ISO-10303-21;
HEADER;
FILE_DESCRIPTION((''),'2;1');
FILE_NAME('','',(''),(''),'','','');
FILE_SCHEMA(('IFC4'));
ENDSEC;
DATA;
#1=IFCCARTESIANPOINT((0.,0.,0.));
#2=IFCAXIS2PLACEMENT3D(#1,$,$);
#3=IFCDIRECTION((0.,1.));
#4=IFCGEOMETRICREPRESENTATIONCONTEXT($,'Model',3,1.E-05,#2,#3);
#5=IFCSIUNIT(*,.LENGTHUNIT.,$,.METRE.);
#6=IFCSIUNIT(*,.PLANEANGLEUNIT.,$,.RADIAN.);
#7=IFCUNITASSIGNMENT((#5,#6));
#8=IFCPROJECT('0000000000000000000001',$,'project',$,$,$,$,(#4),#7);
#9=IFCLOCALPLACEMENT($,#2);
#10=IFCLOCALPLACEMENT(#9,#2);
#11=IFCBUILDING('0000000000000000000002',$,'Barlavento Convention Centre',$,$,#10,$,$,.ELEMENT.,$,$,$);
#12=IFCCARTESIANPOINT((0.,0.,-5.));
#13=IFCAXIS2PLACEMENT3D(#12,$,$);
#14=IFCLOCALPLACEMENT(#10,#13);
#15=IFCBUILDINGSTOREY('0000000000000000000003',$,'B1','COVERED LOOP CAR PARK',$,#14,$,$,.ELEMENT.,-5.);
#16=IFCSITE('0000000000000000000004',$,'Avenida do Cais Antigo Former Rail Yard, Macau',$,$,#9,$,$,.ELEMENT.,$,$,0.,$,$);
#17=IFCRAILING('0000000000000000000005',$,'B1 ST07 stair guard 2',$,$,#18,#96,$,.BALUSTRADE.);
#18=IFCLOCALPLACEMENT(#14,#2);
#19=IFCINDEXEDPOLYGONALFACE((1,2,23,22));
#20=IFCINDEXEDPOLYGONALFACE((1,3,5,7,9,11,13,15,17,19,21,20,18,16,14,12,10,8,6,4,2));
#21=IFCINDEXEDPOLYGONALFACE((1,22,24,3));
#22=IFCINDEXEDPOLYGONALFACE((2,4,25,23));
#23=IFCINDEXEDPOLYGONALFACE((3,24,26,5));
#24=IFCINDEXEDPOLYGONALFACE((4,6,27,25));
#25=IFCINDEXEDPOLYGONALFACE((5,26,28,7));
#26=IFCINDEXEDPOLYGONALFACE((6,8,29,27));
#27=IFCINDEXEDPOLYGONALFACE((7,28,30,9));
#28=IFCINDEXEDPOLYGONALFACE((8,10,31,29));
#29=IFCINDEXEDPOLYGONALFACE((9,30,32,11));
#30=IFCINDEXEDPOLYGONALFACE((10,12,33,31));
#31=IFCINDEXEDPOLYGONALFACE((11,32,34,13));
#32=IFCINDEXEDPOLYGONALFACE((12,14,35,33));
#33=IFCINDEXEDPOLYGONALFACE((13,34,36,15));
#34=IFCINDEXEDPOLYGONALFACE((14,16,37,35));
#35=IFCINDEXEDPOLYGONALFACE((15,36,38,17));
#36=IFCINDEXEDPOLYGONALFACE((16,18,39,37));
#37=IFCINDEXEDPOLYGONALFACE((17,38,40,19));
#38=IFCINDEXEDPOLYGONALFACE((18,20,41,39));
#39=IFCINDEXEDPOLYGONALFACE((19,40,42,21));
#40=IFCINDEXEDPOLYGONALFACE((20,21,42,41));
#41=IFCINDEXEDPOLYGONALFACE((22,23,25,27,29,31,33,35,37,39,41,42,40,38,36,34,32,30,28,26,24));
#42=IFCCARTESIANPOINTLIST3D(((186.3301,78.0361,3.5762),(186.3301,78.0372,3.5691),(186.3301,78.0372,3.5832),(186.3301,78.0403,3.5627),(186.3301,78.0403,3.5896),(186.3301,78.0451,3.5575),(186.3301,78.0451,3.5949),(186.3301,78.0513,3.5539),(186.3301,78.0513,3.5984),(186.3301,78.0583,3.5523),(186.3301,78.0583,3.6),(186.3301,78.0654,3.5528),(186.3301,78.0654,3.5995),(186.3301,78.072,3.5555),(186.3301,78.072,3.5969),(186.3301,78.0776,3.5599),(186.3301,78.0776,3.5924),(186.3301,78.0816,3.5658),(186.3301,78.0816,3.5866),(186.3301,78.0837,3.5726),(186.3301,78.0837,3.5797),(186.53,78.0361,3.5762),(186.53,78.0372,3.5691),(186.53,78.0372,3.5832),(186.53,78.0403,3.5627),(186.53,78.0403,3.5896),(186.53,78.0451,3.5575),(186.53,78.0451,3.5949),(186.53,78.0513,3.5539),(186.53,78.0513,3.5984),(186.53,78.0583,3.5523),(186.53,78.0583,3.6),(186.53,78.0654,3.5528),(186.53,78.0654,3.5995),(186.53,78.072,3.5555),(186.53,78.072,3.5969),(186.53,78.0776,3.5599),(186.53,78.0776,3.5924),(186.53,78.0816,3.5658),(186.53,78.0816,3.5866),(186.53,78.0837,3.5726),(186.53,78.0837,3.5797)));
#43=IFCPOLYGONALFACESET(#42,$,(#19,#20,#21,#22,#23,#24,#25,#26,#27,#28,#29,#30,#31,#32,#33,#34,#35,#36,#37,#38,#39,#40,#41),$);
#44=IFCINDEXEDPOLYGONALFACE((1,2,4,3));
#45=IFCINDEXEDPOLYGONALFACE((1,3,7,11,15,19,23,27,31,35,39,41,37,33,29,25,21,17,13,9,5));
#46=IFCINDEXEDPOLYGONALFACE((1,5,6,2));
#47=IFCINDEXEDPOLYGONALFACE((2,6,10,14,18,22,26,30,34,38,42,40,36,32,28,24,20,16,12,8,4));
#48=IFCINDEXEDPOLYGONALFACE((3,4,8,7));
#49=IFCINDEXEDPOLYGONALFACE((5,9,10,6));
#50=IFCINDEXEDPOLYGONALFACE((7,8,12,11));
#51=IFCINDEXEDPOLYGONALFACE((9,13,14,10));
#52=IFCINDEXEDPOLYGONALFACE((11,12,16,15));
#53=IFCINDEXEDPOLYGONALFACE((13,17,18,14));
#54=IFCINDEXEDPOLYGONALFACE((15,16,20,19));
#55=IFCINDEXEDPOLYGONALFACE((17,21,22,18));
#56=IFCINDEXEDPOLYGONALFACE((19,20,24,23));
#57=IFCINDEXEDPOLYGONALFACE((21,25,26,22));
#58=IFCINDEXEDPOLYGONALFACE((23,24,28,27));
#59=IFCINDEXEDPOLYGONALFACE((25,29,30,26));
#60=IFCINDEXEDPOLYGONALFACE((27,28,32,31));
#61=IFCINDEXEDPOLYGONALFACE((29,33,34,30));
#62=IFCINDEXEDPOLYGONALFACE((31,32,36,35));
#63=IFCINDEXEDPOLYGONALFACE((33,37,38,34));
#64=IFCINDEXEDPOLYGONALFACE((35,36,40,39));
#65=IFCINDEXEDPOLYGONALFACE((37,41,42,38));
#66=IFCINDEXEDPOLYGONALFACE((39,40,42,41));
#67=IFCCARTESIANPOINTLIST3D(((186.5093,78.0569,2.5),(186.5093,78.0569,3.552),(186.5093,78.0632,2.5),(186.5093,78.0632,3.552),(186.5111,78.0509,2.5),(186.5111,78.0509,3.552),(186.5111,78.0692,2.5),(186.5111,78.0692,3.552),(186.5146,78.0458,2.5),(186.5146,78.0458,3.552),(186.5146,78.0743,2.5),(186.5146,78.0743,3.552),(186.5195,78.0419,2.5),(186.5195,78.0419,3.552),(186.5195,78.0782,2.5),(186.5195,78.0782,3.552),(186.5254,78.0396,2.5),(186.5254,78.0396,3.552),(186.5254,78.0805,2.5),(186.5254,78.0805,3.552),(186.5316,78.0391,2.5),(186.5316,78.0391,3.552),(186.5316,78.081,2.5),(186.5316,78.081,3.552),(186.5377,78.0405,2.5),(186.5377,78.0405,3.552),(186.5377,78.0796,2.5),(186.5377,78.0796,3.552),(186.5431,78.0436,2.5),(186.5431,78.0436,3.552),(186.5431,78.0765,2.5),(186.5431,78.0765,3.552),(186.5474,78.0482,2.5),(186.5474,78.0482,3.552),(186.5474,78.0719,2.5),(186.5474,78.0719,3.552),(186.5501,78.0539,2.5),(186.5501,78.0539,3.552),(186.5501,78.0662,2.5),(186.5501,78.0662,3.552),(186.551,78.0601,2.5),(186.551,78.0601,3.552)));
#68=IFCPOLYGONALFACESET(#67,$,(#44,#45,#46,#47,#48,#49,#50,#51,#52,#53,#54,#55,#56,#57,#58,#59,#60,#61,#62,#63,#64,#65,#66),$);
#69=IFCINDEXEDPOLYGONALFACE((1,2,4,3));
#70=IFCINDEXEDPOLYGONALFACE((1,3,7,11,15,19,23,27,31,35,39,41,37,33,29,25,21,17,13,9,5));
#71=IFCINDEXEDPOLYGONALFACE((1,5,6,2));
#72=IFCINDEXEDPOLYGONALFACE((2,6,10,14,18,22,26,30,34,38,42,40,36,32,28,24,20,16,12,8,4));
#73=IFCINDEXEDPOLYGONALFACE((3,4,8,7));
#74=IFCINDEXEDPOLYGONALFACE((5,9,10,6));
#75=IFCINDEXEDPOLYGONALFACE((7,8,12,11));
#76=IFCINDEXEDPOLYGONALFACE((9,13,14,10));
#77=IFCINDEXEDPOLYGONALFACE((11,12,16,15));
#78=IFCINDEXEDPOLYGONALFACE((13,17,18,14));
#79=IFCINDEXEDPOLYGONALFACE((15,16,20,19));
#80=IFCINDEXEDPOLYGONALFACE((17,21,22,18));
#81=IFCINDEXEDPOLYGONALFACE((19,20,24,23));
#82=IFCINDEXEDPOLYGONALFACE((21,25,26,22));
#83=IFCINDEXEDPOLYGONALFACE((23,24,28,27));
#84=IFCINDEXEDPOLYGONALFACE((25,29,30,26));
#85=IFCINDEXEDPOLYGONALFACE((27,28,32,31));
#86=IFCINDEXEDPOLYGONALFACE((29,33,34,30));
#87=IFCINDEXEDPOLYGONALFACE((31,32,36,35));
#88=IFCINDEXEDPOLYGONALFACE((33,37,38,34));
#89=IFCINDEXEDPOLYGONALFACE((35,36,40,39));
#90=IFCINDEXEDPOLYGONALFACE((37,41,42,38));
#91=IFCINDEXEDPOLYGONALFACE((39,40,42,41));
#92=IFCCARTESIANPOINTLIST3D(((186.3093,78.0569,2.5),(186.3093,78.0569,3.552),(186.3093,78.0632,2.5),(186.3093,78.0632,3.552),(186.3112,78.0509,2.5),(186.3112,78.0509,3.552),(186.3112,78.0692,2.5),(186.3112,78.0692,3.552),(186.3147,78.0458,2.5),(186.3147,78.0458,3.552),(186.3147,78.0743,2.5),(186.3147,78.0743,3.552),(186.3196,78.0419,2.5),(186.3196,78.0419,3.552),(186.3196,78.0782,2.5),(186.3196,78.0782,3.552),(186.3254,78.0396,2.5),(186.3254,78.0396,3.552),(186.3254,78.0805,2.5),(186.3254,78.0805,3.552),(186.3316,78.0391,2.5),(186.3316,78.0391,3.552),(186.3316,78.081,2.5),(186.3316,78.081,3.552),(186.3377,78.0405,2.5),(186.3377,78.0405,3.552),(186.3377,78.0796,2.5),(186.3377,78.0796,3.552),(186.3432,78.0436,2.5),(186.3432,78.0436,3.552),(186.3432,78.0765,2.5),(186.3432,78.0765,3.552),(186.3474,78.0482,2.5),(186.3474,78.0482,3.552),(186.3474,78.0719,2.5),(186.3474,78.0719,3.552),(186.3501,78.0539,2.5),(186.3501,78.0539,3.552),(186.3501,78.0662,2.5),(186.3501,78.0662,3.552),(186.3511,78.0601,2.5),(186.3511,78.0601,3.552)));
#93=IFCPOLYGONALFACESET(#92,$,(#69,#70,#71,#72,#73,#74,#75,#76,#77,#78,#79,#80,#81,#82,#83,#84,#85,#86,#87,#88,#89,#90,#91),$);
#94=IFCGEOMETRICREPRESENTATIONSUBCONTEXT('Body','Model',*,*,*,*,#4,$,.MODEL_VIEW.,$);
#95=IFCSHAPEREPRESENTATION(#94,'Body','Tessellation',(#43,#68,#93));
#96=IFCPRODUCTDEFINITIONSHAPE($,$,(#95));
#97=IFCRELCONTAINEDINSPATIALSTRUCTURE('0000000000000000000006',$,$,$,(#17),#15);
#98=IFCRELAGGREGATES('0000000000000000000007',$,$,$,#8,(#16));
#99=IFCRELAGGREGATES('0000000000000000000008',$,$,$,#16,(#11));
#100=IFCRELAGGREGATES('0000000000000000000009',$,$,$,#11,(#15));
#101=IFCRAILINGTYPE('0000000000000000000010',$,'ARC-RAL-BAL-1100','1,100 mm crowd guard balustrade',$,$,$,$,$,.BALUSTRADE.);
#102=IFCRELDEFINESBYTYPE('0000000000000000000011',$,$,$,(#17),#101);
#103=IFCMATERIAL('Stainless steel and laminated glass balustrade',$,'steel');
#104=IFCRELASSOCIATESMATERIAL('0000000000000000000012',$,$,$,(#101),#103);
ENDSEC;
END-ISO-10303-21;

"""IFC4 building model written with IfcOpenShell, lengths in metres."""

from ifc_helpers import new_model, si_unit, direction, frame, origin, origin_2d, place, context, subcontext, project, spatial, circle, extrude, material, type_object, element, save


model = new_model("IFC4")

# Units and contexts
model_context = context("Model", 3, precision=1e-05, world=origin(), true_north=direction((0.0, 1.0)))
body_context = subcontext(model_context, "Body", "Model", "MODEL_VIEW")
ifc_project = project(units=[si_unit("LENGTHUNIT", "METRE"), si_unit("PLANEANGLEUNIT", "RADIAN")], contexts=[model_context])

# Site, building, storey
site_placement = place(None, origin())
site = spatial("IfcSite", under=ifc_project, at=site_placement, Name="Avenida do Cais Antigo Former Rail Yard, Macau", CompositionType="ELEMENT", RefElevation=0.0)
building_placement = place(site_placement, origin())
building = spatial("IfcBuilding", under=site, at=building_placement, Name="Barlavento Convention Centre", CompositionType="ELEMENT")
storey_placement = place(building_placement, frame((0.0, 0.0, -5.0)))
storey = spatial("IfcBuildingStorey", under=building, at=storey_placement, Name="B1", Description="COVERED LOOP CAR PARK", CompositionType="ELEMENT", Elevation=-5.0)

# Railing
ifc_material_1 = material(Name="Stainless steel and laminated glass balustrade", Category="steel")
railing_type_1 = type_object("IfcRailingType", Name="ARC-RAL-BAL-1100", Description="1,100 mm crowd guard balustrade", PredefinedType="BALUSTRADE", material=ifc_material_1)
railing_1_placement = place(storey_placement, frame((186.53, 78.0601, 2.5)))
element("IfcRailing", 1, at=railing_1_placement, inside=storey, type_object=railing_type_1, Name="B1 ST07 stair guard 2", PredefinedType="BALUSTRADE", context=body_context, shape_type="SweptSolid", body=[
    extrude(circle(Radius=0.0239, at=origin_2d()), frame((0.0, 0.0, 1.0762), z_axis=(-1.0, 0.0, 0.0), x_axis=(0.0, -1.0, 0.0)), (0.0, 0.0, 1.0), 0.2),
    extrude(circle(Radius=0.021, at=origin_2d()), origin(), (0.0, 0.0, 1.0), 1.052),
    extrude(circle(Radius=0.021, at=origin_2d()), frame((-0.2, 0.0, 0.0)), (0.0, 0.0, 1.0), 1.052),
])

save(model, "model.ifc")
